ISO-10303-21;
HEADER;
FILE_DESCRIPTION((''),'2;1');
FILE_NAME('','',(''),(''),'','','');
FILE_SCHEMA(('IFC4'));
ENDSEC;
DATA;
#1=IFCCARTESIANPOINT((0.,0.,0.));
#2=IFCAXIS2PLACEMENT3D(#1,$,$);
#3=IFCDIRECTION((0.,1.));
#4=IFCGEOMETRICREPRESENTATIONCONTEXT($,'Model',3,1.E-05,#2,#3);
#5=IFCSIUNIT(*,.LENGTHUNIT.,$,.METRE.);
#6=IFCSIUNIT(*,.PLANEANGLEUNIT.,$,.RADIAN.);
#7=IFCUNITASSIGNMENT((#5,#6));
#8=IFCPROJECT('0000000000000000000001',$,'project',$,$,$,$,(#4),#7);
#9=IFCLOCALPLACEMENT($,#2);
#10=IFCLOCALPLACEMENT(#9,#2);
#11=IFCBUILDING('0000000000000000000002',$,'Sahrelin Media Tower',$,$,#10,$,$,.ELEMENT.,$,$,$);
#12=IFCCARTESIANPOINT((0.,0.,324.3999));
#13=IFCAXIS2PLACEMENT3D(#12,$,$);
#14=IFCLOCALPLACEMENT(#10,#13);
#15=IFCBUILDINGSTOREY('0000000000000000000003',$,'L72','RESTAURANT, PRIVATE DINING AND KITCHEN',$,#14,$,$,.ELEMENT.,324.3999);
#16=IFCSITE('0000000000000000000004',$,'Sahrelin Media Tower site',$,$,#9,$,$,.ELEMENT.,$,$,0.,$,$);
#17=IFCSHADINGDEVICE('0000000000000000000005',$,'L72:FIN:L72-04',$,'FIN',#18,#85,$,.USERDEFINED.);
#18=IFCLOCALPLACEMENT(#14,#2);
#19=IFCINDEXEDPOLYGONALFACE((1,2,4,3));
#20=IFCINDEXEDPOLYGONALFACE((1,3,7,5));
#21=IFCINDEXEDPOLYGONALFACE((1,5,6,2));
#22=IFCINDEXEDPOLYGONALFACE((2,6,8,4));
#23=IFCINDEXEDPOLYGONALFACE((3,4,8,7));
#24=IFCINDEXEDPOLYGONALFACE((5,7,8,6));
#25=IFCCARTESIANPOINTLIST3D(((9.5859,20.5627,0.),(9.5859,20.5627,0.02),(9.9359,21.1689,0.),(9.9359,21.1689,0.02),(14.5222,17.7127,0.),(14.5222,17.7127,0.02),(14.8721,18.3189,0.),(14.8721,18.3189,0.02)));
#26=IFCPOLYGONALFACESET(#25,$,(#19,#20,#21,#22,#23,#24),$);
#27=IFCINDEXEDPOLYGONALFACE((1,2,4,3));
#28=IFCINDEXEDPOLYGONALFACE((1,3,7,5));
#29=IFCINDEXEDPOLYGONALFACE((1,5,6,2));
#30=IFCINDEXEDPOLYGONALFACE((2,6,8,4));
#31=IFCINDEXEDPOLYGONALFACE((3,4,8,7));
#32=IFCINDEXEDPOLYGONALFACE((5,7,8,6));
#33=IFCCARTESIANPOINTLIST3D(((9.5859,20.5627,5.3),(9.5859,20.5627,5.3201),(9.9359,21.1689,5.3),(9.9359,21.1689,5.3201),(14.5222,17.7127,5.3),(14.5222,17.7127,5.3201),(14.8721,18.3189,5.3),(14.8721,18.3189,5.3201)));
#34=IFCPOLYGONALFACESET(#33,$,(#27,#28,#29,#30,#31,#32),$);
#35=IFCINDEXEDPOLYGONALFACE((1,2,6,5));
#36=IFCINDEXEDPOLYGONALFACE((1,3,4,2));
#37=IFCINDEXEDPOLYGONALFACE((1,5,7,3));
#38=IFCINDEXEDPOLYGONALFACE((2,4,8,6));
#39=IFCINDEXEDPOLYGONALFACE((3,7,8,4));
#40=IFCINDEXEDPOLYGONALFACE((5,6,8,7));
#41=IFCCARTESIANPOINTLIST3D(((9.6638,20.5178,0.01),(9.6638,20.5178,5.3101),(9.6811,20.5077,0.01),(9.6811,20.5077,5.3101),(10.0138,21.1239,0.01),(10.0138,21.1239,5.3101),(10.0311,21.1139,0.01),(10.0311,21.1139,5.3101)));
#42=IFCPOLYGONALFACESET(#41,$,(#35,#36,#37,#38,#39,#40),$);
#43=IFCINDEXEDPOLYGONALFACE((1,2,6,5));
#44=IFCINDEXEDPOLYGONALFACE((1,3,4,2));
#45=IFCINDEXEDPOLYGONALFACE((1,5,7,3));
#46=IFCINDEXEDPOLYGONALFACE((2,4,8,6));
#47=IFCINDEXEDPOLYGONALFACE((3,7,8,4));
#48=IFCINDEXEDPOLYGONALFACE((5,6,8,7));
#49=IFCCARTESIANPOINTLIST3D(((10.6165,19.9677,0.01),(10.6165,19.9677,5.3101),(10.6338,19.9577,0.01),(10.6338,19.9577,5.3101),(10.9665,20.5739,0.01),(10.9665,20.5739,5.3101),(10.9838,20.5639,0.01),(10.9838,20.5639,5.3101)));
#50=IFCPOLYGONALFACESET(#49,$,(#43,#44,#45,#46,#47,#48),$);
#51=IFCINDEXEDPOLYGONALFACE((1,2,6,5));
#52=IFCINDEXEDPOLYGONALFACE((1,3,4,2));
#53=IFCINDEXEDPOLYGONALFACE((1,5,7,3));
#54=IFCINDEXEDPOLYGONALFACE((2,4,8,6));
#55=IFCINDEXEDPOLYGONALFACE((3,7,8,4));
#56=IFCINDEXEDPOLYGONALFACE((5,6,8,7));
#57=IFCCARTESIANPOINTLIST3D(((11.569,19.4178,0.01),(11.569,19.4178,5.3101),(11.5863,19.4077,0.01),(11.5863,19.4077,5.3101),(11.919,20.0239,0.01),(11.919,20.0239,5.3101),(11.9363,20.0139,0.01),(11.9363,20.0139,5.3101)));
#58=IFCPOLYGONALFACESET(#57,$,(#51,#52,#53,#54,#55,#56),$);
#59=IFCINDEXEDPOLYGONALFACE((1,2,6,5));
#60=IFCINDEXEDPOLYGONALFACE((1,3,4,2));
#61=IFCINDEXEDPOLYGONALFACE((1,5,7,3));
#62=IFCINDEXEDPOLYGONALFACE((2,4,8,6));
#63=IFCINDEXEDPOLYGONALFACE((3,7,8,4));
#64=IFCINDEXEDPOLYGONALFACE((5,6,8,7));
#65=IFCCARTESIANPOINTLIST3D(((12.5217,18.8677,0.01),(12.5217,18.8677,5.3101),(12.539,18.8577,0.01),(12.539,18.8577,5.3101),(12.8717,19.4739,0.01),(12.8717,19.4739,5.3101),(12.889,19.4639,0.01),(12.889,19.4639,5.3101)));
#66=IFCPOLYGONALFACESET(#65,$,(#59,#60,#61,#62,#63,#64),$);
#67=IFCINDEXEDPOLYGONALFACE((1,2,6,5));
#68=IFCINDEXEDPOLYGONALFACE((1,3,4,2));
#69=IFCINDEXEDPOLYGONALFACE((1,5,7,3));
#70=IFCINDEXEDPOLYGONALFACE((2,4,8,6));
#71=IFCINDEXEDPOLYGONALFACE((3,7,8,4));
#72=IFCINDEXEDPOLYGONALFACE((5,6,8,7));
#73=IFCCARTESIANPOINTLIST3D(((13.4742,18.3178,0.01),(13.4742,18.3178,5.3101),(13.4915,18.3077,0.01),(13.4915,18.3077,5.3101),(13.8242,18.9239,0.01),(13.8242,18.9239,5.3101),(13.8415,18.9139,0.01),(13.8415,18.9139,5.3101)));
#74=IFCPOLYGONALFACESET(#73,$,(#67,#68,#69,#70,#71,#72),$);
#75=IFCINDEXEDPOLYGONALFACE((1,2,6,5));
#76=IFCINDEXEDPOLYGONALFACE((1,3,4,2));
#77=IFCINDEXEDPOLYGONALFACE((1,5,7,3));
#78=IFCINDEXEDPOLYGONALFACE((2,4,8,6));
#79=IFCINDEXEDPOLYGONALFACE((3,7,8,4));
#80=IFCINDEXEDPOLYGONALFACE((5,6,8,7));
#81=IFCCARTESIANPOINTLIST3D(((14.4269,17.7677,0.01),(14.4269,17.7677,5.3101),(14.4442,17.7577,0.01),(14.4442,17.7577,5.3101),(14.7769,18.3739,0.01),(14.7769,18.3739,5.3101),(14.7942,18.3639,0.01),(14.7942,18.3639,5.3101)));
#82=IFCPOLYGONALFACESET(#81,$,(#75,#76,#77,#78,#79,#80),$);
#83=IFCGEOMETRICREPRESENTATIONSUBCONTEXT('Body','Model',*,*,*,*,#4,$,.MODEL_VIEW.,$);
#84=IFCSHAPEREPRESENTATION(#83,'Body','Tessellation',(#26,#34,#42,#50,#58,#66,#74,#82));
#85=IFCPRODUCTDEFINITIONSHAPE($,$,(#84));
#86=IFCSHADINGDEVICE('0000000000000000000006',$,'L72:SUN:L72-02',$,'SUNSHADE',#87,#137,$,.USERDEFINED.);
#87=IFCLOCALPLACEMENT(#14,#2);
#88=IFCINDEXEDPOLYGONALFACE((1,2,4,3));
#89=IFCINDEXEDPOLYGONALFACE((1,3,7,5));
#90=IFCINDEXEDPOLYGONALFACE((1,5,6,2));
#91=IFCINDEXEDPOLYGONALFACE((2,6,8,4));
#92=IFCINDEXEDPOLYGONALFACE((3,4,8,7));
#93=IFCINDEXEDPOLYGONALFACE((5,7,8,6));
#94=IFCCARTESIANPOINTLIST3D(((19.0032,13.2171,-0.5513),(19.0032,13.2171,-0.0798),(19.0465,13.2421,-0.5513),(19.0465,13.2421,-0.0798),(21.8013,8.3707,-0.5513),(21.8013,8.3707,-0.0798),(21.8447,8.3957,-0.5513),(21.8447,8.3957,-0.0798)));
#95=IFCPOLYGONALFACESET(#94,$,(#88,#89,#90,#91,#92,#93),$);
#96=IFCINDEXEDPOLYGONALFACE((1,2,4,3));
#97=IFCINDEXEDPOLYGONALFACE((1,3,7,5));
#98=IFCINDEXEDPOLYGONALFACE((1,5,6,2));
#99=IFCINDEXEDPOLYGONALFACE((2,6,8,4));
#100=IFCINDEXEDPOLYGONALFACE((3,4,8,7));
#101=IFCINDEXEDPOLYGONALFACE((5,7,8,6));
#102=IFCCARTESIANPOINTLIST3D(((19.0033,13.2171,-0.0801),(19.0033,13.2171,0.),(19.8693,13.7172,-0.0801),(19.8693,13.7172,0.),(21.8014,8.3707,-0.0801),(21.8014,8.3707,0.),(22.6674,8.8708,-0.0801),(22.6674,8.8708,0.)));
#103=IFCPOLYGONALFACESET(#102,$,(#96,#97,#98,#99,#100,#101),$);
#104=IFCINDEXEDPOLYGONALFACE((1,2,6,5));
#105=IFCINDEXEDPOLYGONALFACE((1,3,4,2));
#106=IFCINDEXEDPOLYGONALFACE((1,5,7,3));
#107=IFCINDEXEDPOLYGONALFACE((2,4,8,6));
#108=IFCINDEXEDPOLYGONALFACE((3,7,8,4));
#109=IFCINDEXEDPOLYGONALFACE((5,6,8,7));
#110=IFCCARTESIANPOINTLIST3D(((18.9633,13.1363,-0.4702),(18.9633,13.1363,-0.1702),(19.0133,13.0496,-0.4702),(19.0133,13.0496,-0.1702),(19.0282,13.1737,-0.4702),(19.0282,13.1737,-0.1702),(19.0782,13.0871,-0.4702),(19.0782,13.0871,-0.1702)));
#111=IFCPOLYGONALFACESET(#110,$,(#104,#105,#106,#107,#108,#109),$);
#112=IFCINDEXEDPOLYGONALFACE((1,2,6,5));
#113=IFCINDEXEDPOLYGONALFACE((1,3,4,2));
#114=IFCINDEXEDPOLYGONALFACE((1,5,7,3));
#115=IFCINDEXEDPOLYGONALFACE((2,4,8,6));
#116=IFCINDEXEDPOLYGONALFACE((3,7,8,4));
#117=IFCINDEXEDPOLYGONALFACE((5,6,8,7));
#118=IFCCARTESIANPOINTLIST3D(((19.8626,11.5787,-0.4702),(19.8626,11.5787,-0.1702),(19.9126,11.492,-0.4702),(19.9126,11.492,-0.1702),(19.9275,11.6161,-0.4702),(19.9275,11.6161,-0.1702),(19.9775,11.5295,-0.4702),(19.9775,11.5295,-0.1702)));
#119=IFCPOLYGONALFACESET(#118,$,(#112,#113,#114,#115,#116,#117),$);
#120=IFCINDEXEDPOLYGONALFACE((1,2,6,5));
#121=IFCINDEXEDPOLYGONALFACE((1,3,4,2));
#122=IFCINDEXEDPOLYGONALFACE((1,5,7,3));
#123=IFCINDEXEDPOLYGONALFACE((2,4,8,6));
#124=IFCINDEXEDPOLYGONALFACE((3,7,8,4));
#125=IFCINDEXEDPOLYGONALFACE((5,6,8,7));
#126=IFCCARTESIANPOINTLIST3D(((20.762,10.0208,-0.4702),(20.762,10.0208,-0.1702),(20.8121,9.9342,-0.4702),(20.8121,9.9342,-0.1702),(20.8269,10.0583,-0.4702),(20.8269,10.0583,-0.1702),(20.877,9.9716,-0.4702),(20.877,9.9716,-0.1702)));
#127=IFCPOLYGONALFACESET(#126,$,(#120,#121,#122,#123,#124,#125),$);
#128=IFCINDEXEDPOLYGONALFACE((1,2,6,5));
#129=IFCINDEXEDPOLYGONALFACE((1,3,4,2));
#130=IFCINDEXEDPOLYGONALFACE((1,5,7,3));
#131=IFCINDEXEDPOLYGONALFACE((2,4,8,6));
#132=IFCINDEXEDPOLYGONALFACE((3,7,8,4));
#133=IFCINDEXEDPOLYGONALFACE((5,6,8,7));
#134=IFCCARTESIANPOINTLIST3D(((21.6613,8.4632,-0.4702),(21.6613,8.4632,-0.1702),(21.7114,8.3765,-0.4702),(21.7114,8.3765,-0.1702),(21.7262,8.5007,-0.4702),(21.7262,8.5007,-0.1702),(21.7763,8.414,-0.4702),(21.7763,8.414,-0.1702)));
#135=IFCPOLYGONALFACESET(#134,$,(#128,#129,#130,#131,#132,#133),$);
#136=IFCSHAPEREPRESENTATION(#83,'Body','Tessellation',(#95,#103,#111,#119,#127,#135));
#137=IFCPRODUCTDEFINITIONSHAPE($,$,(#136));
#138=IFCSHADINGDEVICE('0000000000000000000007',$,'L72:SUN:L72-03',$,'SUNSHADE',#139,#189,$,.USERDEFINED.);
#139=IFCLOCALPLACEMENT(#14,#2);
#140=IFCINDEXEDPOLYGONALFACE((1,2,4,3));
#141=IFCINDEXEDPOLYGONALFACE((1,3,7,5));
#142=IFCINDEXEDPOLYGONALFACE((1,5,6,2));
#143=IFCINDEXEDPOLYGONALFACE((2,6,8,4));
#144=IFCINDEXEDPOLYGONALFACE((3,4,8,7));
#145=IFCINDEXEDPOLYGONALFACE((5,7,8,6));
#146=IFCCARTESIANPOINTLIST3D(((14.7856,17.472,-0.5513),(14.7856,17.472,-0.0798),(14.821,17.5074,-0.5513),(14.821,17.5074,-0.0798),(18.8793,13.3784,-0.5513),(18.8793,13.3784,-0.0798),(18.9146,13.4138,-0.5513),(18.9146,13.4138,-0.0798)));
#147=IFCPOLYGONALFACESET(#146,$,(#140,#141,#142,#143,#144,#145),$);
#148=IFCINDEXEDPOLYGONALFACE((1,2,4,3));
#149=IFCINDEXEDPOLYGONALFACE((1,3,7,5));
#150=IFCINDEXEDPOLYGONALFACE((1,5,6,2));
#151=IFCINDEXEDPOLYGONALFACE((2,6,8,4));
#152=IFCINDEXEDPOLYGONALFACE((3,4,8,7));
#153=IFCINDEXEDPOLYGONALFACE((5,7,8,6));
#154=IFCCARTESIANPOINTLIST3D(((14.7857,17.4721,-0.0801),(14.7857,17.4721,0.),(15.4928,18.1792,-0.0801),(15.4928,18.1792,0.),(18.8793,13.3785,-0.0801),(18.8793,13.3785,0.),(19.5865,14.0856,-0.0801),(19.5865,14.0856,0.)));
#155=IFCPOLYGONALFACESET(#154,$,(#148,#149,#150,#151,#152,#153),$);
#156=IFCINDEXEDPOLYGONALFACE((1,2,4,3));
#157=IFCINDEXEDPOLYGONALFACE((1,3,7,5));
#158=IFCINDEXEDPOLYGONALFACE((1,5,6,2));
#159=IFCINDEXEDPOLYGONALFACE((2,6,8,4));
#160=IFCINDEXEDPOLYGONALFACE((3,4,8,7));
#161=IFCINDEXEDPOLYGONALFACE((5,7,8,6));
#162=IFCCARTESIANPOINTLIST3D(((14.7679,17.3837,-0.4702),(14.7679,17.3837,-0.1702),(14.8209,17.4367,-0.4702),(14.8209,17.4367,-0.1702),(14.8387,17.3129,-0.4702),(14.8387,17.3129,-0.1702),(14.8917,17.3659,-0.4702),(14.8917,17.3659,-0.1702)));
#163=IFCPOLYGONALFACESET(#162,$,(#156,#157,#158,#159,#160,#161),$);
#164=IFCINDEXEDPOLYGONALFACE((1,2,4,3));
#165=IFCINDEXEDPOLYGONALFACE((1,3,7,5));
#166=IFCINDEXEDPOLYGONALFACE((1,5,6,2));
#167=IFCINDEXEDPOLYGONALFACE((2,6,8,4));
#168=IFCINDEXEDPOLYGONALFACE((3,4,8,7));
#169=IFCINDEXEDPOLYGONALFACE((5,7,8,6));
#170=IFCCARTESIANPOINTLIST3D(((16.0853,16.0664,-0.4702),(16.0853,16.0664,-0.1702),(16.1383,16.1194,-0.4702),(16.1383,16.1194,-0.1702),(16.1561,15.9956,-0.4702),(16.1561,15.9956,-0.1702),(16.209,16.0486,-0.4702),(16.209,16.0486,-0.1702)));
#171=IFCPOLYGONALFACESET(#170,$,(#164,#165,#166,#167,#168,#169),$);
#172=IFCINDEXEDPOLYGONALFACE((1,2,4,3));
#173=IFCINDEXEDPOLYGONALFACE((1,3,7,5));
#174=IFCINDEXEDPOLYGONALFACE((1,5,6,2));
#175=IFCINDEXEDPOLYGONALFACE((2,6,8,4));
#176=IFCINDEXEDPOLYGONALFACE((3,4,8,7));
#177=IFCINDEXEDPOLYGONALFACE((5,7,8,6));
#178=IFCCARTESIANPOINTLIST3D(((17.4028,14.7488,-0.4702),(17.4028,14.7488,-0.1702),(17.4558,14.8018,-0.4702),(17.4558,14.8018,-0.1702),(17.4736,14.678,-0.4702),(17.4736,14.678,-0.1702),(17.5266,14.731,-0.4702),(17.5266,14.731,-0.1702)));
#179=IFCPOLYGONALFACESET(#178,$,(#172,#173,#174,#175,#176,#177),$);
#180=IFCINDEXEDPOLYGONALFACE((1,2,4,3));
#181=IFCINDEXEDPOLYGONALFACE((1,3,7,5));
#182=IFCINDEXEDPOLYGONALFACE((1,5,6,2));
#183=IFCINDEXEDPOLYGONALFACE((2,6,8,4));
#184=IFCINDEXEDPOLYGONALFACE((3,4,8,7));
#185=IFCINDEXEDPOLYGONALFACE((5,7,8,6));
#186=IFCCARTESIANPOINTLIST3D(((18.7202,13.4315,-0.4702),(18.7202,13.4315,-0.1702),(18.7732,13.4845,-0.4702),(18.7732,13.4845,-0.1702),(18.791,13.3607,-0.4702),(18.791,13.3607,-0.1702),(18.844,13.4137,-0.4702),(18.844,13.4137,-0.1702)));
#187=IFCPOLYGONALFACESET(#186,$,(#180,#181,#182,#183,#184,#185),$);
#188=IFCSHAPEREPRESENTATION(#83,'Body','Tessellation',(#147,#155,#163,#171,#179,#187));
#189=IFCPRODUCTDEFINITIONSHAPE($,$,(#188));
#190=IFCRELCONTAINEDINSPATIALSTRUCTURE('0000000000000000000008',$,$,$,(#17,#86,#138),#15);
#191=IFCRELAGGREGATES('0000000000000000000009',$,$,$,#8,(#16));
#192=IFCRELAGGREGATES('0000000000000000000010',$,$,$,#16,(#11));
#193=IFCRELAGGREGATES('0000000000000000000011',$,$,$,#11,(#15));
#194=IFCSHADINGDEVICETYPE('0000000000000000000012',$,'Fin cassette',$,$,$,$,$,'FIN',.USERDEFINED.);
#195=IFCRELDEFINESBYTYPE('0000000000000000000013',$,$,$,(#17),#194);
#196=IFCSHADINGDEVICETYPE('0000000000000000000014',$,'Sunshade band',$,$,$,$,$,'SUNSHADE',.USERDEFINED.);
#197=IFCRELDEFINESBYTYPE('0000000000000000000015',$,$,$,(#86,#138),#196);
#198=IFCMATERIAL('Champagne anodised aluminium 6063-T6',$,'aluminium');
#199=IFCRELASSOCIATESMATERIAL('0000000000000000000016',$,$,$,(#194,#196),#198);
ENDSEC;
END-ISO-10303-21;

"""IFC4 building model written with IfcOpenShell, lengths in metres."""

from ifc_helpers import new_model, si_unit, direction, frame, origin, origin_2d, place, context, subcontext, project, spatial, rectangle, extrude, material, type_object, element, save


model = new_model("IFC4")

# Units and contexts
model_context = context("Model", 3, precision=1e-05, world=origin(), true_north=direction((0.0, 1.0)))
body_context = subcontext(model_context, "Body", "Model", "MODEL_VIEW")
ifc_project = project(units=[si_unit("LENGTHUNIT", "METRE"), si_unit("PLANEANGLEUNIT", "RADIAN")], contexts=[model_context])

# Site, building, storey
site_placement = place(None, origin())
site = spatial("IfcSite", under=ifc_project, at=site_placement, Name="Sahrelin Media Tower site", CompositionType="ELEMENT", RefElevation=0.0)
building_placement = place(site_placement, origin())
building = spatial("IfcBuilding", under=site, at=building_placement, Name="Sahrelin Media Tower", CompositionType="ELEMENT")
storey_placement = place(building_placement, frame((0.0, 0.0, 324.3999)))
storey = spatial("IfcBuildingStorey", under=building, at=storey_placement, Name="L72", Description="RESTAURANT, PRIVATE DINING AND KITCHEN", CompositionType="ELEMENT", Elevation=324.3999)

# Shared definitions
ifc_material_1 = material(Name="Champagne anodised aluminium 6063-T6", Category="aluminium")

# Shading devices
shading_device_type_1 = type_object("IfcShadingDeviceType", Name="Fin cassette", ElementType="FIN", PredefinedType="USERDEFINED", material=ifc_material_1)
placement_1 = place(storey_placement, frame((20.385, 10.7839, 0.0), z_axis=(0.0, 0.0, 1.0), x_axis=(0.500011, -0.866019, 0.0)))
placement_2 = place(storey_placement, frame((16.8184, 15.4111, 0.0), z_axis=(0.0, 0.0, 1.0), x_axis=(0.707107, -0.707107, 0.0)))
placement_3 = place(storey_placement, frame((12.019, 19.0771, 0.0), z_axis=(0.0, 0.0, 1.0), x_axis=(0.866019, -0.500011, 0.0)))
element("IfcShadingDevice", 1, at=placement_3, inside=storey, type_object=shading_device_type_1, Name="L72:FIN:L72-04", ObjectType="FIN", PredefinedType="USERDEFINED", context=body_context, shape_type="SweptSolid", body=[
    extrude(rectangle(XDim=5.7, YDim=0.7, at=origin_2d()), frame((0.0, 0.4199, 0.0)), (0.0, 0.0, 1.0), 0.02),
    extrude(rectangle(XDim=5.7, YDim=0.7, at=origin_2d()), frame((0.0, 0.4199, 5.3)), (0.0, 0.0, 1.0), 0.02),
    extrude(rectangle(XDim=0.02, YDim=0.7, at=origin_2d()), frame((-2.75, 0.4199, 0.01), z_axis=(0.0, 0.0, 1.0), x_axis=(1.0, 0.0, 0.0)), (0.0, 0.0, 1.0), 5.3),
    extrude(rectangle(XDim=0.02, YDim=0.7, at=origin_2d()), frame((-1.6499, 0.4199, 0.01), z_axis=(0.0, 0.0, 1.0), x_axis=(1.0, 0.0, 0.0)), (0.0, 0.0, 1.0), 5.3),
    extrude(rectangle(XDim=0.02, YDim=0.7, at=origin_2d()), frame((-0.55, 0.4199, 0.01), z_axis=(0.0, 0.0, 1.0), x_axis=(1.0, 0.0, 0.0)), (0.0, 0.0, 1.0), 5.3),
    extrude(rectangle(XDim=0.02, YDim=0.7, at=origin_2d()), frame((0.55, 0.4199, 0.01), z_axis=(0.0, 0.0, 1.0), x_axis=(1.0, 0.0, 0.0)), (0.0, 0.0, 1.0), 5.3),
    extrude(rectangle(XDim=0.02, YDim=0.7, at=origin_2d()), frame((1.6499, 0.4199, 0.01), z_axis=(0.0, 0.0, 1.0), x_axis=(1.0, 0.0, 0.0)), (0.0, 0.0, 1.0), 5.3),
    extrude(rectangle(XDim=0.02, YDim=0.7, at=origin_2d()), frame((2.75, 0.4199, 0.01), z_axis=(0.0, 0.0, 1.0), x_axis=(1.0, 0.0, 0.0)), (0.0, 0.0, 1.0), 5.3),
])
shading_device_type_2 = type_object("IfcShadingDeviceType", Name="Sunshade band", ElementType="SUNSHADE", PredefinedType="USERDEFINED", material=ifc_material_1)
element("IfcShadingDevice", 2, at=placement_1, inside=storey, type_object=shading_device_type_2, Name="L72:SUN:L72-02", ObjectType="SUNSHADE", PredefinedType="USERDEFINED", context=body_context, shape_type="SweptSolid", body=[
    extrude(rectangle(XDim=5.5962, YDim=0.05, at=origin_2d()), frame((0.0, 0.0449, -0.5513)), (0.0, 0.0, 1.0), 0.4714),
    extrude(rectangle(XDim=5.5962, YDim=1.0, at=origin_2d()), frame((0.0, 0.52, -0.0801)), (0.0, 0.0, 1.0), 0.0801),
    extrude(rectangle(XDim=0.1001, YDim=0.075, at=origin_2d()), frame((-2.698, -0.0176, -0.4702)), (0.0, 0.0, 1.0), 0.3),
    extrude(rectangle(XDim=0.1001, YDim=0.075, at=origin_2d()), frame((-0.8994, -0.0176, -0.4702)), (0.0, 0.0, 1.0), 0.3),
    extrude(rectangle(XDim=0.1001, YDim=0.075, at=origin_2d()), frame((0.8994, -0.0176, -0.4702)), (0.0, 0.0, 1.0), 0.3),
    extrude(rectangle(XDim=0.1001, YDim=0.075, at=origin_2d()), frame((2.698, -0.0176, -0.4702)), (0.0, 0.0, 1.0), 0.3),
])
element("IfcShadingDevice", 3, at=placement_2, inside=storey, type_object=shading_device_type_2, Name="L72:SUN:L72-03", ObjectType="SUNSHADE", PredefinedType="USERDEFINED", context=body_context, shape_type="SweptSolid", body=[
    extrude(rectangle(XDim=5.7893, YDim=0.05, at=origin_2d()), frame((0.0, 0.0449, -0.5513)), (0.0, 0.0, 1.0), 0.4714),
    extrude(rectangle(XDim=5.7893, YDim=1.0, at=origin_2d()), frame((0.0, 0.52, -0.0801)), (0.0, 0.0, 1.0), 0.0801),
    extrude(rectangle(XDim=0.1001, YDim=0.075, at=origin_2d()), frame((-2.7947, -0.0176, -0.4702)), (0.0, 0.0, 1.0), 0.3),
    extrude(rectangle(XDim=0.1001, YDim=0.075, at=origin_2d()), frame((-0.9316, -0.0176, -0.4702)), (0.0, 0.0, 1.0), 0.3),
    extrude(rectangle(XDim=0.1001, YDim=0.075, at=origin_2d()), frame((0.9316, -0.0176, -0.4702)), (0.0, 0.0, 1.0), 0.3),
    extrude(rectangle(XDim=0.1001, YDim=0.075, at=origin_2d()), frame((2.7947, -0.0176, -0.4702)), (0.0, 0.0, 1.0), 0.3),
])

save(model, "model.ifc")
